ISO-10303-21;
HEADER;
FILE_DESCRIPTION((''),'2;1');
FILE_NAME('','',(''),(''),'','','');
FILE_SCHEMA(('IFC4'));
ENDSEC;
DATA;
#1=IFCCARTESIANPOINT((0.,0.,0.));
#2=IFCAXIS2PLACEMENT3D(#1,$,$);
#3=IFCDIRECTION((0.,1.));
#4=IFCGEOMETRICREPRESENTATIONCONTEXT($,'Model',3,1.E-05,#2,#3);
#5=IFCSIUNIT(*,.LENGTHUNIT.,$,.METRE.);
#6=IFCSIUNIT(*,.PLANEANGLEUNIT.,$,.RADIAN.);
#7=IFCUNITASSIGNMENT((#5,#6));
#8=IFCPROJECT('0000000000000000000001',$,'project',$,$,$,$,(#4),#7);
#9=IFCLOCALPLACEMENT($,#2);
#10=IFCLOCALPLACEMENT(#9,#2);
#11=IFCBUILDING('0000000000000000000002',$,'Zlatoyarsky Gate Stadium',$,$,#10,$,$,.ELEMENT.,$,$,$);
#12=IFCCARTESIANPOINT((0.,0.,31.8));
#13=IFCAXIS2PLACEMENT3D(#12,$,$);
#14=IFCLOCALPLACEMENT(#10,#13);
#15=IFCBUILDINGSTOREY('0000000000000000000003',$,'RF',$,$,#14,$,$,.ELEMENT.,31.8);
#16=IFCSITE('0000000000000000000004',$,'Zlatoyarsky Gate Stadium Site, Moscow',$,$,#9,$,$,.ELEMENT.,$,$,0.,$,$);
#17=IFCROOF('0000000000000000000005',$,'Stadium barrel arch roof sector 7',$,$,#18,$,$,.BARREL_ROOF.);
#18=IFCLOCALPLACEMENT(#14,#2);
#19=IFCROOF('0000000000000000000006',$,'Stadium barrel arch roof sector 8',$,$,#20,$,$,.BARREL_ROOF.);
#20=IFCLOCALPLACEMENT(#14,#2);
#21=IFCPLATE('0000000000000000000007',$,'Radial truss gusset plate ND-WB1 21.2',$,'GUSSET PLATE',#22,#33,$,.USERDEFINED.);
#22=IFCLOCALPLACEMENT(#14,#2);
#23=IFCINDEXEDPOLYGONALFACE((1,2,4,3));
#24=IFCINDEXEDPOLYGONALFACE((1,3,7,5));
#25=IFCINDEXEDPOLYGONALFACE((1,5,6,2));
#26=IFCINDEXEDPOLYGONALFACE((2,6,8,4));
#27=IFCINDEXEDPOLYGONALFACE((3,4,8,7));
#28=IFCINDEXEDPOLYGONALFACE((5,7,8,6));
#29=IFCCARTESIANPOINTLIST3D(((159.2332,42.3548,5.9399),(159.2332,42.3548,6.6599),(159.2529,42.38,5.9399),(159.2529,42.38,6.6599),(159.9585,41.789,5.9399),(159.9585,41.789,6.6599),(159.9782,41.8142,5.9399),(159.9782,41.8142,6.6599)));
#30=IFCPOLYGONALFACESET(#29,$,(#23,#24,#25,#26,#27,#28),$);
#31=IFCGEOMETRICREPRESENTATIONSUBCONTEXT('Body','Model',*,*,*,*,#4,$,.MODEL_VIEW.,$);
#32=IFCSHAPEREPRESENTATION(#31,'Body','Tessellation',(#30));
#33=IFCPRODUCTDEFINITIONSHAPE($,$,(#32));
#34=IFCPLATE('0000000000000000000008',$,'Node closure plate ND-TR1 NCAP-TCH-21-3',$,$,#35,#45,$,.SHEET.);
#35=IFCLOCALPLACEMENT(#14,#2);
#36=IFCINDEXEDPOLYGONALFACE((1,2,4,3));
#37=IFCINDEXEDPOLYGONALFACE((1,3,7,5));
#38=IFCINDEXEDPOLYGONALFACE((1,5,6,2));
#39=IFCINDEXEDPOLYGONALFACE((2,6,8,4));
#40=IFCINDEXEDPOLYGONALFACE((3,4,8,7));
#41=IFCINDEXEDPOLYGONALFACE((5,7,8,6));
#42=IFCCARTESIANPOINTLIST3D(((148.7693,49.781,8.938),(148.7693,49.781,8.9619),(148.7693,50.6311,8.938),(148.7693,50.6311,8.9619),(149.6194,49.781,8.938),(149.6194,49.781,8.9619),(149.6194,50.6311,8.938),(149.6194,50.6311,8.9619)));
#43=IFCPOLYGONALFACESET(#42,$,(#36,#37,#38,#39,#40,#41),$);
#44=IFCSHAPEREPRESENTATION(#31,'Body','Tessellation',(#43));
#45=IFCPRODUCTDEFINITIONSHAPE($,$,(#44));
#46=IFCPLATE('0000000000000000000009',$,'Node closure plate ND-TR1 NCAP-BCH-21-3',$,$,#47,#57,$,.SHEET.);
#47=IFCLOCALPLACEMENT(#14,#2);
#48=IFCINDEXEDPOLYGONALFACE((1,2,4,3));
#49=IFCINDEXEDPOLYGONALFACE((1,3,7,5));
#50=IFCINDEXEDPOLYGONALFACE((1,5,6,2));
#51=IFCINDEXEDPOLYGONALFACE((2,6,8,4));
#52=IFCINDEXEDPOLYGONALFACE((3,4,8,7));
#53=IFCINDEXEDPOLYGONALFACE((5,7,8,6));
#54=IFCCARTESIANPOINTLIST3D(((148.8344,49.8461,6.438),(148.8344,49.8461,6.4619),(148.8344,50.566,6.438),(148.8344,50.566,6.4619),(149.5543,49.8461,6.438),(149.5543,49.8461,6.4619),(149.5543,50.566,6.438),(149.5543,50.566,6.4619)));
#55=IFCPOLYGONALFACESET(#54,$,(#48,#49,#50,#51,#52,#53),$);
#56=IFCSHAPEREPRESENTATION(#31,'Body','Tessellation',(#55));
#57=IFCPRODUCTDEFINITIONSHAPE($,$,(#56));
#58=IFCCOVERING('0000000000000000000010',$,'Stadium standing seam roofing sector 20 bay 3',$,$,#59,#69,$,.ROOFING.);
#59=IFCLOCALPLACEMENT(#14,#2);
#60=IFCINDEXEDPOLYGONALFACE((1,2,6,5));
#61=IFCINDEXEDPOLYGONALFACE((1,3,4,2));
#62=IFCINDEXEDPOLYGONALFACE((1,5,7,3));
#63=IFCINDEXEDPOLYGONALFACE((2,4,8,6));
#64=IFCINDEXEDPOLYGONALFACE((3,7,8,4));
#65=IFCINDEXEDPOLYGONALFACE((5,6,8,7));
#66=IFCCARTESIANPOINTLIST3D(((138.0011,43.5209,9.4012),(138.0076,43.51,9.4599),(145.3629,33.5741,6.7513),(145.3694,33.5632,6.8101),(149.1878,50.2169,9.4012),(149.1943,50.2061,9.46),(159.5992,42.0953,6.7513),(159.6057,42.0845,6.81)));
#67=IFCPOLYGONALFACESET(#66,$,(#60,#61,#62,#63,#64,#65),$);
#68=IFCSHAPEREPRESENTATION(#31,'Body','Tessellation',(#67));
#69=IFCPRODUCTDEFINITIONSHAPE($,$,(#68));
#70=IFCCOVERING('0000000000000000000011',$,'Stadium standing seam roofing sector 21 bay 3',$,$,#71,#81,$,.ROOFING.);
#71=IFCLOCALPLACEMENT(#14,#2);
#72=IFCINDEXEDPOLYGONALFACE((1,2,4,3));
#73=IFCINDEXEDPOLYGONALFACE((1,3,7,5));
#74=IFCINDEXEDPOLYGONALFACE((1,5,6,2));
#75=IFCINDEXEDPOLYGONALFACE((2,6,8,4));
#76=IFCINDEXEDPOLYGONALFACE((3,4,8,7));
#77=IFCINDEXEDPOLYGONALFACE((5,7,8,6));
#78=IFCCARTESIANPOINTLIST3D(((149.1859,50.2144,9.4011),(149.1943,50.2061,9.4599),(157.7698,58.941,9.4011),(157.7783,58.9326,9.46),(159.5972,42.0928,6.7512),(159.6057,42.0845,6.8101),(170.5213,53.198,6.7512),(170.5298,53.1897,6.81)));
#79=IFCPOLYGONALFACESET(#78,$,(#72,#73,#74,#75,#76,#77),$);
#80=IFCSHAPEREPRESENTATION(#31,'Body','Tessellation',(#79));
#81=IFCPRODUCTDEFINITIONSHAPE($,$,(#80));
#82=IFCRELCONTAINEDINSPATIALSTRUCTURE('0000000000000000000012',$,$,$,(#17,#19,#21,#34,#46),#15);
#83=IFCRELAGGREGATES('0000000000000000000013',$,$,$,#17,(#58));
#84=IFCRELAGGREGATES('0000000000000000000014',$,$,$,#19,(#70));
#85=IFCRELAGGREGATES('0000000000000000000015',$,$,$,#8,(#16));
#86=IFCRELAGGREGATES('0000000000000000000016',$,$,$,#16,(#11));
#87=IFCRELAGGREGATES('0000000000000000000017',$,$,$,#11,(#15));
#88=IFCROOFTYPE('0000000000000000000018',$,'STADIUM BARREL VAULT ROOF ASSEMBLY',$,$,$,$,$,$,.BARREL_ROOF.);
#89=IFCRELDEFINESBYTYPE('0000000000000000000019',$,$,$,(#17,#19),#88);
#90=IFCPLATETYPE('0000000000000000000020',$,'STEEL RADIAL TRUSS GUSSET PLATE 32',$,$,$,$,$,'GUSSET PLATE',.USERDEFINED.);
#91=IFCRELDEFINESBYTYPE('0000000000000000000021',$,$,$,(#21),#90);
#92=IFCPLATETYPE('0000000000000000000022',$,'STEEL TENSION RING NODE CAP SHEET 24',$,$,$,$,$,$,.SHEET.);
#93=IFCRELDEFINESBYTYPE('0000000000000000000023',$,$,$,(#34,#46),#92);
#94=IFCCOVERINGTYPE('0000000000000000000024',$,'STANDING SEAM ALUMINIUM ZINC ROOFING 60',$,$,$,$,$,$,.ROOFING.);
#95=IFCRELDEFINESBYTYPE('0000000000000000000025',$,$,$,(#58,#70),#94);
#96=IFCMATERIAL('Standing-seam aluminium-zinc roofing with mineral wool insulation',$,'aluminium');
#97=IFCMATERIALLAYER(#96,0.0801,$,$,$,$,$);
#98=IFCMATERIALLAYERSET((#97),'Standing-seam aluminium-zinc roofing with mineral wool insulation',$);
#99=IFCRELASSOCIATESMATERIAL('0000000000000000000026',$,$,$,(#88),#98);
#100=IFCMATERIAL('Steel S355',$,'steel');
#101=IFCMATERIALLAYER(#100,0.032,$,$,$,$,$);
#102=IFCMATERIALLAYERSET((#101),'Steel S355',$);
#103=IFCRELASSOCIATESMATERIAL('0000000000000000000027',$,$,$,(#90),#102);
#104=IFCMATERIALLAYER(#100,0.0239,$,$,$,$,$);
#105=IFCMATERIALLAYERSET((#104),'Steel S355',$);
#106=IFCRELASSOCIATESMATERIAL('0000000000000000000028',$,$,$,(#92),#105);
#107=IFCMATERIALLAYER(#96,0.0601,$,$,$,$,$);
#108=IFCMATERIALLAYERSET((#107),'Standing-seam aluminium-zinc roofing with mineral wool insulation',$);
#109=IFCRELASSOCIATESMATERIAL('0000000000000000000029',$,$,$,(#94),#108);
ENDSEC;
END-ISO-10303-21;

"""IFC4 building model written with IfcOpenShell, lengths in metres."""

from ifc_helpers import new_model, si_unit, direction, frame, origin, origin_2d, place, context, subcontext, project, spatial, polyline, rectangle, outline, extrude, material, layer, layer_set, type_object, element, aggregate, save


model = new_model("IFC4")

# Units and contexts
model_context = context("Model", 3, precision=1e-05, world=origin(), true_north=direction((0.0, 1.0)))
body_context = subcontext(model_context, "Body", "Model", "MODEL_VIEW")
ifc_project = project(units=[si_unit("LENGTHUNIT", "METRE"), si_unit("PLANEANGLEUNIT", "RADIAN")], contexts=[model_context])

# Site, building, storey
site_placement = place(None, origin())
site = spatial("IfcSite", under=ifc_project, at=site_placement, Name="Zlatoyarsky Gate Stadium Site, Moscow", CompositionType="ELEMENT", RefElevation=0.0)
building_placement = place(site_placement, origin())
building = spatial("IfcBuilding", under=site, at=building_placement, Name="Zlatoyarsky Gate Stadium", CompositionType="ELEMENT")
storey_placement = place(building_placement, frame((0.0, 0.0, 31.8)))
storey = spatial("IfcBuildingStorey", under=building, at=storey_placement, Name="RF", CompositionType="ELEMENT", Elevation=31.8)

# Shared definitions
ifc_material_1 = material(Name="Steel S355", Category="steel")

# Roofs
ifc_material_2 = material(Name="Standing-seam aluminium-zinc roofing with mineral wool insulation", Category="aluminium")
ifc_layer_1 = layer(ifc_material_2, 0.0801)
ifc_layer_set_1 = layer_set([ifc_layer_1], Name="Standing-seam aluminium-zinc roofing with mineral wool insulation")
roof_type = type_object("IfcRoofType", Name="STADIUM BARREL VAULT ROOF ASSEMBLY", PredefinedType="BARREL_ROOF", material=ifc_layer_set_1)
roof_1_placement = place(storey_placement, origin())
roof_1 = element("IfcRoof", 1, at=roof_1_placement, inside=storey, type_object=roof_type, Name="Stadium barrel arch roof sector 7", PredefinedType="BARREL_ROOF")
roof_2_placement = place(storey_placement, origin())
roof_2 = element("IfcRoof", 2, at=roof_2_placement, inside=storey, type_object=roof_type, Name="Stadium barrel arch roof sector 8", PredefinedType="BARREL_ROOF")

# Plates
ifc_layer_2 = layer(ifc_material_1, 0.032)
ifc_layer_set_2 = layer_set([ifc_layer_2], Name="Steel S355")
plate_type_1 = type_object("IfcPlateType", Name="STEEL RADIAL TRUSS GUSSET PLATE 32", ElementType="GUSSET PLATE", PredefinedType="USERDEFINED", material=ifc_layer_set_2)
for number, where, z_axis, x_axis, name in (
    (3, (159.6057, 42.0845, 5.9399), (0.0, 0.0, 1.0), (-0.788479, 0.615062, 0.0), "Radial truss gusset plate ND-WB1 21.2"),
):
    element("IfcPlate", number, at=place(storey_placement, frame(where, z_axis=z_axis, x_axis=x_axis)), inside=storey, type_object=plate_type_1, Name=name, ObjectType="GUSSET PLATE", PredefinedType="USERDEFINED", context=body_context, shape_type="SweptSolid", body=[
        extrude(rectangle(XDim=0.9199, YDim=0.032, at=origin_2d()), origin(), (0.0, 0.0, 1.0), 0.72),
    ])
ifc_layer_3 = layer(ifc_material_1, 0.0239)
ifc_layer_set_3 = layer_set([ifc_layer_3], Name="Steel S355")
plate_type_2 = type_object("IfcPlateType", Name="STEEL TENSION RING NODE CAP SHEET 24", PredefinedType="SHEET", material=ifc_layer_set_3)
plate_1_placement = place(storey_placement, frame((149.1943, 50.2061, 8.938), z_axis=(0.0, 0.0, 1.0), x_axis=(1.0, 0.0, 0.0)))
element("IfcPlate", 4, at=plate_1_placement, inside=storey, type_object=plate_type_2, Name="Node closure plate ND-TR1 NCAP-TCH-21-3", PredefinedType="SHEET", context=body_context, shape_type="SweptSolid", body=[
    extrude(rectangle(XDim=0.8501, YDim=0.8501, at=origin_2d()), origin(), (0.0, 0.0, 1.0), 0.0239),
])
plate_2_placement = place(storey_placement, frame((149.1943, 50.2061, 6.438), z_axis=(0.0, 0.0, 1.0), x_axis=(1.0, 0.0, 0.0)))
element("IfcPlate", 5, at=plate_2_placement, inside=storey, type_object=plate_type_2, Name="Node closure plate ND-TR1 NCAP-BCH-21-3", PredefinedType="SHEET", context=body_context, shape_type="SweptSolid", body=[
    extrude(rectangle(XDim=0.72, YDim=0.72, at=origin_2d()), origin(), (0.0, 0.0, 1.0), 0.0239),
])

# Coverings
ifc_layer_4 = layer(ifc_material_2, 0.0601)
ifc_layer_set_4 = layer_set([ifc_layer_4], Name="Standing-seam aluminium-zinc roofing with mineral wool insulation")
covering_type = type_object("IfcCoveringType", Name="STANDING SEAM ALUMINIUM ZINC ROOFING 60", PredefinedType="ROOFING", material=ifc_layer_set_4)
covering_1_placement = place(storey_placement, frame((145.3694, 33.5632, 6.8101), z_axis=(0.108033, -0.180488, 0.977626), x_axis=(0.858039, 0.513585, -0.000001)))
covering_1 = element("IfcCovering", 6, at=covering_1_placement, type_object=covering_type, Name="Stadium standing seam roofing sector 20 bay 3", PredefinedType="ROOFING", context=body_context, shape_type="SweptSolid", body=[
    extrude(outline(polyline([(0.0, 0.0), (16.5917, 0.0), (11.8295, 12.5976), (-1.2082, 12.5975), (0.0, 0.0)])), origin(), (0.0, 0.0, -1.0), 0.0601),
])
aggregate(roof_1, [covering_1])
covering_2_placement = place(storey_placement, frame((159.6057, 42.0845, 6.8101), z_axis=(0.141161, -0.138857, 0.9802), x_axis=(0.701268, 0.712898, -0.000001)))
covering_2 = element("IfcCovering", 7, at=covering_2_placement, type_object=covering_type, Name="Stadium standing seam roofing sector 21 bay 3", PredefinedType="ROOFING", context=body_context, shape_type="SweptSolid", body=[
    extrude(outline(polyline([(0.0, 0.0), (15.5776, 0.0), (10.7295, 13.3828), (-1.5113, 13.3826), (0.0, 0.0)])), origin(), (0.0, 0.0, -1.0), 0.0601),
])
aggregate(roof_2, [covering_2])

save(model, "model.ifc")
